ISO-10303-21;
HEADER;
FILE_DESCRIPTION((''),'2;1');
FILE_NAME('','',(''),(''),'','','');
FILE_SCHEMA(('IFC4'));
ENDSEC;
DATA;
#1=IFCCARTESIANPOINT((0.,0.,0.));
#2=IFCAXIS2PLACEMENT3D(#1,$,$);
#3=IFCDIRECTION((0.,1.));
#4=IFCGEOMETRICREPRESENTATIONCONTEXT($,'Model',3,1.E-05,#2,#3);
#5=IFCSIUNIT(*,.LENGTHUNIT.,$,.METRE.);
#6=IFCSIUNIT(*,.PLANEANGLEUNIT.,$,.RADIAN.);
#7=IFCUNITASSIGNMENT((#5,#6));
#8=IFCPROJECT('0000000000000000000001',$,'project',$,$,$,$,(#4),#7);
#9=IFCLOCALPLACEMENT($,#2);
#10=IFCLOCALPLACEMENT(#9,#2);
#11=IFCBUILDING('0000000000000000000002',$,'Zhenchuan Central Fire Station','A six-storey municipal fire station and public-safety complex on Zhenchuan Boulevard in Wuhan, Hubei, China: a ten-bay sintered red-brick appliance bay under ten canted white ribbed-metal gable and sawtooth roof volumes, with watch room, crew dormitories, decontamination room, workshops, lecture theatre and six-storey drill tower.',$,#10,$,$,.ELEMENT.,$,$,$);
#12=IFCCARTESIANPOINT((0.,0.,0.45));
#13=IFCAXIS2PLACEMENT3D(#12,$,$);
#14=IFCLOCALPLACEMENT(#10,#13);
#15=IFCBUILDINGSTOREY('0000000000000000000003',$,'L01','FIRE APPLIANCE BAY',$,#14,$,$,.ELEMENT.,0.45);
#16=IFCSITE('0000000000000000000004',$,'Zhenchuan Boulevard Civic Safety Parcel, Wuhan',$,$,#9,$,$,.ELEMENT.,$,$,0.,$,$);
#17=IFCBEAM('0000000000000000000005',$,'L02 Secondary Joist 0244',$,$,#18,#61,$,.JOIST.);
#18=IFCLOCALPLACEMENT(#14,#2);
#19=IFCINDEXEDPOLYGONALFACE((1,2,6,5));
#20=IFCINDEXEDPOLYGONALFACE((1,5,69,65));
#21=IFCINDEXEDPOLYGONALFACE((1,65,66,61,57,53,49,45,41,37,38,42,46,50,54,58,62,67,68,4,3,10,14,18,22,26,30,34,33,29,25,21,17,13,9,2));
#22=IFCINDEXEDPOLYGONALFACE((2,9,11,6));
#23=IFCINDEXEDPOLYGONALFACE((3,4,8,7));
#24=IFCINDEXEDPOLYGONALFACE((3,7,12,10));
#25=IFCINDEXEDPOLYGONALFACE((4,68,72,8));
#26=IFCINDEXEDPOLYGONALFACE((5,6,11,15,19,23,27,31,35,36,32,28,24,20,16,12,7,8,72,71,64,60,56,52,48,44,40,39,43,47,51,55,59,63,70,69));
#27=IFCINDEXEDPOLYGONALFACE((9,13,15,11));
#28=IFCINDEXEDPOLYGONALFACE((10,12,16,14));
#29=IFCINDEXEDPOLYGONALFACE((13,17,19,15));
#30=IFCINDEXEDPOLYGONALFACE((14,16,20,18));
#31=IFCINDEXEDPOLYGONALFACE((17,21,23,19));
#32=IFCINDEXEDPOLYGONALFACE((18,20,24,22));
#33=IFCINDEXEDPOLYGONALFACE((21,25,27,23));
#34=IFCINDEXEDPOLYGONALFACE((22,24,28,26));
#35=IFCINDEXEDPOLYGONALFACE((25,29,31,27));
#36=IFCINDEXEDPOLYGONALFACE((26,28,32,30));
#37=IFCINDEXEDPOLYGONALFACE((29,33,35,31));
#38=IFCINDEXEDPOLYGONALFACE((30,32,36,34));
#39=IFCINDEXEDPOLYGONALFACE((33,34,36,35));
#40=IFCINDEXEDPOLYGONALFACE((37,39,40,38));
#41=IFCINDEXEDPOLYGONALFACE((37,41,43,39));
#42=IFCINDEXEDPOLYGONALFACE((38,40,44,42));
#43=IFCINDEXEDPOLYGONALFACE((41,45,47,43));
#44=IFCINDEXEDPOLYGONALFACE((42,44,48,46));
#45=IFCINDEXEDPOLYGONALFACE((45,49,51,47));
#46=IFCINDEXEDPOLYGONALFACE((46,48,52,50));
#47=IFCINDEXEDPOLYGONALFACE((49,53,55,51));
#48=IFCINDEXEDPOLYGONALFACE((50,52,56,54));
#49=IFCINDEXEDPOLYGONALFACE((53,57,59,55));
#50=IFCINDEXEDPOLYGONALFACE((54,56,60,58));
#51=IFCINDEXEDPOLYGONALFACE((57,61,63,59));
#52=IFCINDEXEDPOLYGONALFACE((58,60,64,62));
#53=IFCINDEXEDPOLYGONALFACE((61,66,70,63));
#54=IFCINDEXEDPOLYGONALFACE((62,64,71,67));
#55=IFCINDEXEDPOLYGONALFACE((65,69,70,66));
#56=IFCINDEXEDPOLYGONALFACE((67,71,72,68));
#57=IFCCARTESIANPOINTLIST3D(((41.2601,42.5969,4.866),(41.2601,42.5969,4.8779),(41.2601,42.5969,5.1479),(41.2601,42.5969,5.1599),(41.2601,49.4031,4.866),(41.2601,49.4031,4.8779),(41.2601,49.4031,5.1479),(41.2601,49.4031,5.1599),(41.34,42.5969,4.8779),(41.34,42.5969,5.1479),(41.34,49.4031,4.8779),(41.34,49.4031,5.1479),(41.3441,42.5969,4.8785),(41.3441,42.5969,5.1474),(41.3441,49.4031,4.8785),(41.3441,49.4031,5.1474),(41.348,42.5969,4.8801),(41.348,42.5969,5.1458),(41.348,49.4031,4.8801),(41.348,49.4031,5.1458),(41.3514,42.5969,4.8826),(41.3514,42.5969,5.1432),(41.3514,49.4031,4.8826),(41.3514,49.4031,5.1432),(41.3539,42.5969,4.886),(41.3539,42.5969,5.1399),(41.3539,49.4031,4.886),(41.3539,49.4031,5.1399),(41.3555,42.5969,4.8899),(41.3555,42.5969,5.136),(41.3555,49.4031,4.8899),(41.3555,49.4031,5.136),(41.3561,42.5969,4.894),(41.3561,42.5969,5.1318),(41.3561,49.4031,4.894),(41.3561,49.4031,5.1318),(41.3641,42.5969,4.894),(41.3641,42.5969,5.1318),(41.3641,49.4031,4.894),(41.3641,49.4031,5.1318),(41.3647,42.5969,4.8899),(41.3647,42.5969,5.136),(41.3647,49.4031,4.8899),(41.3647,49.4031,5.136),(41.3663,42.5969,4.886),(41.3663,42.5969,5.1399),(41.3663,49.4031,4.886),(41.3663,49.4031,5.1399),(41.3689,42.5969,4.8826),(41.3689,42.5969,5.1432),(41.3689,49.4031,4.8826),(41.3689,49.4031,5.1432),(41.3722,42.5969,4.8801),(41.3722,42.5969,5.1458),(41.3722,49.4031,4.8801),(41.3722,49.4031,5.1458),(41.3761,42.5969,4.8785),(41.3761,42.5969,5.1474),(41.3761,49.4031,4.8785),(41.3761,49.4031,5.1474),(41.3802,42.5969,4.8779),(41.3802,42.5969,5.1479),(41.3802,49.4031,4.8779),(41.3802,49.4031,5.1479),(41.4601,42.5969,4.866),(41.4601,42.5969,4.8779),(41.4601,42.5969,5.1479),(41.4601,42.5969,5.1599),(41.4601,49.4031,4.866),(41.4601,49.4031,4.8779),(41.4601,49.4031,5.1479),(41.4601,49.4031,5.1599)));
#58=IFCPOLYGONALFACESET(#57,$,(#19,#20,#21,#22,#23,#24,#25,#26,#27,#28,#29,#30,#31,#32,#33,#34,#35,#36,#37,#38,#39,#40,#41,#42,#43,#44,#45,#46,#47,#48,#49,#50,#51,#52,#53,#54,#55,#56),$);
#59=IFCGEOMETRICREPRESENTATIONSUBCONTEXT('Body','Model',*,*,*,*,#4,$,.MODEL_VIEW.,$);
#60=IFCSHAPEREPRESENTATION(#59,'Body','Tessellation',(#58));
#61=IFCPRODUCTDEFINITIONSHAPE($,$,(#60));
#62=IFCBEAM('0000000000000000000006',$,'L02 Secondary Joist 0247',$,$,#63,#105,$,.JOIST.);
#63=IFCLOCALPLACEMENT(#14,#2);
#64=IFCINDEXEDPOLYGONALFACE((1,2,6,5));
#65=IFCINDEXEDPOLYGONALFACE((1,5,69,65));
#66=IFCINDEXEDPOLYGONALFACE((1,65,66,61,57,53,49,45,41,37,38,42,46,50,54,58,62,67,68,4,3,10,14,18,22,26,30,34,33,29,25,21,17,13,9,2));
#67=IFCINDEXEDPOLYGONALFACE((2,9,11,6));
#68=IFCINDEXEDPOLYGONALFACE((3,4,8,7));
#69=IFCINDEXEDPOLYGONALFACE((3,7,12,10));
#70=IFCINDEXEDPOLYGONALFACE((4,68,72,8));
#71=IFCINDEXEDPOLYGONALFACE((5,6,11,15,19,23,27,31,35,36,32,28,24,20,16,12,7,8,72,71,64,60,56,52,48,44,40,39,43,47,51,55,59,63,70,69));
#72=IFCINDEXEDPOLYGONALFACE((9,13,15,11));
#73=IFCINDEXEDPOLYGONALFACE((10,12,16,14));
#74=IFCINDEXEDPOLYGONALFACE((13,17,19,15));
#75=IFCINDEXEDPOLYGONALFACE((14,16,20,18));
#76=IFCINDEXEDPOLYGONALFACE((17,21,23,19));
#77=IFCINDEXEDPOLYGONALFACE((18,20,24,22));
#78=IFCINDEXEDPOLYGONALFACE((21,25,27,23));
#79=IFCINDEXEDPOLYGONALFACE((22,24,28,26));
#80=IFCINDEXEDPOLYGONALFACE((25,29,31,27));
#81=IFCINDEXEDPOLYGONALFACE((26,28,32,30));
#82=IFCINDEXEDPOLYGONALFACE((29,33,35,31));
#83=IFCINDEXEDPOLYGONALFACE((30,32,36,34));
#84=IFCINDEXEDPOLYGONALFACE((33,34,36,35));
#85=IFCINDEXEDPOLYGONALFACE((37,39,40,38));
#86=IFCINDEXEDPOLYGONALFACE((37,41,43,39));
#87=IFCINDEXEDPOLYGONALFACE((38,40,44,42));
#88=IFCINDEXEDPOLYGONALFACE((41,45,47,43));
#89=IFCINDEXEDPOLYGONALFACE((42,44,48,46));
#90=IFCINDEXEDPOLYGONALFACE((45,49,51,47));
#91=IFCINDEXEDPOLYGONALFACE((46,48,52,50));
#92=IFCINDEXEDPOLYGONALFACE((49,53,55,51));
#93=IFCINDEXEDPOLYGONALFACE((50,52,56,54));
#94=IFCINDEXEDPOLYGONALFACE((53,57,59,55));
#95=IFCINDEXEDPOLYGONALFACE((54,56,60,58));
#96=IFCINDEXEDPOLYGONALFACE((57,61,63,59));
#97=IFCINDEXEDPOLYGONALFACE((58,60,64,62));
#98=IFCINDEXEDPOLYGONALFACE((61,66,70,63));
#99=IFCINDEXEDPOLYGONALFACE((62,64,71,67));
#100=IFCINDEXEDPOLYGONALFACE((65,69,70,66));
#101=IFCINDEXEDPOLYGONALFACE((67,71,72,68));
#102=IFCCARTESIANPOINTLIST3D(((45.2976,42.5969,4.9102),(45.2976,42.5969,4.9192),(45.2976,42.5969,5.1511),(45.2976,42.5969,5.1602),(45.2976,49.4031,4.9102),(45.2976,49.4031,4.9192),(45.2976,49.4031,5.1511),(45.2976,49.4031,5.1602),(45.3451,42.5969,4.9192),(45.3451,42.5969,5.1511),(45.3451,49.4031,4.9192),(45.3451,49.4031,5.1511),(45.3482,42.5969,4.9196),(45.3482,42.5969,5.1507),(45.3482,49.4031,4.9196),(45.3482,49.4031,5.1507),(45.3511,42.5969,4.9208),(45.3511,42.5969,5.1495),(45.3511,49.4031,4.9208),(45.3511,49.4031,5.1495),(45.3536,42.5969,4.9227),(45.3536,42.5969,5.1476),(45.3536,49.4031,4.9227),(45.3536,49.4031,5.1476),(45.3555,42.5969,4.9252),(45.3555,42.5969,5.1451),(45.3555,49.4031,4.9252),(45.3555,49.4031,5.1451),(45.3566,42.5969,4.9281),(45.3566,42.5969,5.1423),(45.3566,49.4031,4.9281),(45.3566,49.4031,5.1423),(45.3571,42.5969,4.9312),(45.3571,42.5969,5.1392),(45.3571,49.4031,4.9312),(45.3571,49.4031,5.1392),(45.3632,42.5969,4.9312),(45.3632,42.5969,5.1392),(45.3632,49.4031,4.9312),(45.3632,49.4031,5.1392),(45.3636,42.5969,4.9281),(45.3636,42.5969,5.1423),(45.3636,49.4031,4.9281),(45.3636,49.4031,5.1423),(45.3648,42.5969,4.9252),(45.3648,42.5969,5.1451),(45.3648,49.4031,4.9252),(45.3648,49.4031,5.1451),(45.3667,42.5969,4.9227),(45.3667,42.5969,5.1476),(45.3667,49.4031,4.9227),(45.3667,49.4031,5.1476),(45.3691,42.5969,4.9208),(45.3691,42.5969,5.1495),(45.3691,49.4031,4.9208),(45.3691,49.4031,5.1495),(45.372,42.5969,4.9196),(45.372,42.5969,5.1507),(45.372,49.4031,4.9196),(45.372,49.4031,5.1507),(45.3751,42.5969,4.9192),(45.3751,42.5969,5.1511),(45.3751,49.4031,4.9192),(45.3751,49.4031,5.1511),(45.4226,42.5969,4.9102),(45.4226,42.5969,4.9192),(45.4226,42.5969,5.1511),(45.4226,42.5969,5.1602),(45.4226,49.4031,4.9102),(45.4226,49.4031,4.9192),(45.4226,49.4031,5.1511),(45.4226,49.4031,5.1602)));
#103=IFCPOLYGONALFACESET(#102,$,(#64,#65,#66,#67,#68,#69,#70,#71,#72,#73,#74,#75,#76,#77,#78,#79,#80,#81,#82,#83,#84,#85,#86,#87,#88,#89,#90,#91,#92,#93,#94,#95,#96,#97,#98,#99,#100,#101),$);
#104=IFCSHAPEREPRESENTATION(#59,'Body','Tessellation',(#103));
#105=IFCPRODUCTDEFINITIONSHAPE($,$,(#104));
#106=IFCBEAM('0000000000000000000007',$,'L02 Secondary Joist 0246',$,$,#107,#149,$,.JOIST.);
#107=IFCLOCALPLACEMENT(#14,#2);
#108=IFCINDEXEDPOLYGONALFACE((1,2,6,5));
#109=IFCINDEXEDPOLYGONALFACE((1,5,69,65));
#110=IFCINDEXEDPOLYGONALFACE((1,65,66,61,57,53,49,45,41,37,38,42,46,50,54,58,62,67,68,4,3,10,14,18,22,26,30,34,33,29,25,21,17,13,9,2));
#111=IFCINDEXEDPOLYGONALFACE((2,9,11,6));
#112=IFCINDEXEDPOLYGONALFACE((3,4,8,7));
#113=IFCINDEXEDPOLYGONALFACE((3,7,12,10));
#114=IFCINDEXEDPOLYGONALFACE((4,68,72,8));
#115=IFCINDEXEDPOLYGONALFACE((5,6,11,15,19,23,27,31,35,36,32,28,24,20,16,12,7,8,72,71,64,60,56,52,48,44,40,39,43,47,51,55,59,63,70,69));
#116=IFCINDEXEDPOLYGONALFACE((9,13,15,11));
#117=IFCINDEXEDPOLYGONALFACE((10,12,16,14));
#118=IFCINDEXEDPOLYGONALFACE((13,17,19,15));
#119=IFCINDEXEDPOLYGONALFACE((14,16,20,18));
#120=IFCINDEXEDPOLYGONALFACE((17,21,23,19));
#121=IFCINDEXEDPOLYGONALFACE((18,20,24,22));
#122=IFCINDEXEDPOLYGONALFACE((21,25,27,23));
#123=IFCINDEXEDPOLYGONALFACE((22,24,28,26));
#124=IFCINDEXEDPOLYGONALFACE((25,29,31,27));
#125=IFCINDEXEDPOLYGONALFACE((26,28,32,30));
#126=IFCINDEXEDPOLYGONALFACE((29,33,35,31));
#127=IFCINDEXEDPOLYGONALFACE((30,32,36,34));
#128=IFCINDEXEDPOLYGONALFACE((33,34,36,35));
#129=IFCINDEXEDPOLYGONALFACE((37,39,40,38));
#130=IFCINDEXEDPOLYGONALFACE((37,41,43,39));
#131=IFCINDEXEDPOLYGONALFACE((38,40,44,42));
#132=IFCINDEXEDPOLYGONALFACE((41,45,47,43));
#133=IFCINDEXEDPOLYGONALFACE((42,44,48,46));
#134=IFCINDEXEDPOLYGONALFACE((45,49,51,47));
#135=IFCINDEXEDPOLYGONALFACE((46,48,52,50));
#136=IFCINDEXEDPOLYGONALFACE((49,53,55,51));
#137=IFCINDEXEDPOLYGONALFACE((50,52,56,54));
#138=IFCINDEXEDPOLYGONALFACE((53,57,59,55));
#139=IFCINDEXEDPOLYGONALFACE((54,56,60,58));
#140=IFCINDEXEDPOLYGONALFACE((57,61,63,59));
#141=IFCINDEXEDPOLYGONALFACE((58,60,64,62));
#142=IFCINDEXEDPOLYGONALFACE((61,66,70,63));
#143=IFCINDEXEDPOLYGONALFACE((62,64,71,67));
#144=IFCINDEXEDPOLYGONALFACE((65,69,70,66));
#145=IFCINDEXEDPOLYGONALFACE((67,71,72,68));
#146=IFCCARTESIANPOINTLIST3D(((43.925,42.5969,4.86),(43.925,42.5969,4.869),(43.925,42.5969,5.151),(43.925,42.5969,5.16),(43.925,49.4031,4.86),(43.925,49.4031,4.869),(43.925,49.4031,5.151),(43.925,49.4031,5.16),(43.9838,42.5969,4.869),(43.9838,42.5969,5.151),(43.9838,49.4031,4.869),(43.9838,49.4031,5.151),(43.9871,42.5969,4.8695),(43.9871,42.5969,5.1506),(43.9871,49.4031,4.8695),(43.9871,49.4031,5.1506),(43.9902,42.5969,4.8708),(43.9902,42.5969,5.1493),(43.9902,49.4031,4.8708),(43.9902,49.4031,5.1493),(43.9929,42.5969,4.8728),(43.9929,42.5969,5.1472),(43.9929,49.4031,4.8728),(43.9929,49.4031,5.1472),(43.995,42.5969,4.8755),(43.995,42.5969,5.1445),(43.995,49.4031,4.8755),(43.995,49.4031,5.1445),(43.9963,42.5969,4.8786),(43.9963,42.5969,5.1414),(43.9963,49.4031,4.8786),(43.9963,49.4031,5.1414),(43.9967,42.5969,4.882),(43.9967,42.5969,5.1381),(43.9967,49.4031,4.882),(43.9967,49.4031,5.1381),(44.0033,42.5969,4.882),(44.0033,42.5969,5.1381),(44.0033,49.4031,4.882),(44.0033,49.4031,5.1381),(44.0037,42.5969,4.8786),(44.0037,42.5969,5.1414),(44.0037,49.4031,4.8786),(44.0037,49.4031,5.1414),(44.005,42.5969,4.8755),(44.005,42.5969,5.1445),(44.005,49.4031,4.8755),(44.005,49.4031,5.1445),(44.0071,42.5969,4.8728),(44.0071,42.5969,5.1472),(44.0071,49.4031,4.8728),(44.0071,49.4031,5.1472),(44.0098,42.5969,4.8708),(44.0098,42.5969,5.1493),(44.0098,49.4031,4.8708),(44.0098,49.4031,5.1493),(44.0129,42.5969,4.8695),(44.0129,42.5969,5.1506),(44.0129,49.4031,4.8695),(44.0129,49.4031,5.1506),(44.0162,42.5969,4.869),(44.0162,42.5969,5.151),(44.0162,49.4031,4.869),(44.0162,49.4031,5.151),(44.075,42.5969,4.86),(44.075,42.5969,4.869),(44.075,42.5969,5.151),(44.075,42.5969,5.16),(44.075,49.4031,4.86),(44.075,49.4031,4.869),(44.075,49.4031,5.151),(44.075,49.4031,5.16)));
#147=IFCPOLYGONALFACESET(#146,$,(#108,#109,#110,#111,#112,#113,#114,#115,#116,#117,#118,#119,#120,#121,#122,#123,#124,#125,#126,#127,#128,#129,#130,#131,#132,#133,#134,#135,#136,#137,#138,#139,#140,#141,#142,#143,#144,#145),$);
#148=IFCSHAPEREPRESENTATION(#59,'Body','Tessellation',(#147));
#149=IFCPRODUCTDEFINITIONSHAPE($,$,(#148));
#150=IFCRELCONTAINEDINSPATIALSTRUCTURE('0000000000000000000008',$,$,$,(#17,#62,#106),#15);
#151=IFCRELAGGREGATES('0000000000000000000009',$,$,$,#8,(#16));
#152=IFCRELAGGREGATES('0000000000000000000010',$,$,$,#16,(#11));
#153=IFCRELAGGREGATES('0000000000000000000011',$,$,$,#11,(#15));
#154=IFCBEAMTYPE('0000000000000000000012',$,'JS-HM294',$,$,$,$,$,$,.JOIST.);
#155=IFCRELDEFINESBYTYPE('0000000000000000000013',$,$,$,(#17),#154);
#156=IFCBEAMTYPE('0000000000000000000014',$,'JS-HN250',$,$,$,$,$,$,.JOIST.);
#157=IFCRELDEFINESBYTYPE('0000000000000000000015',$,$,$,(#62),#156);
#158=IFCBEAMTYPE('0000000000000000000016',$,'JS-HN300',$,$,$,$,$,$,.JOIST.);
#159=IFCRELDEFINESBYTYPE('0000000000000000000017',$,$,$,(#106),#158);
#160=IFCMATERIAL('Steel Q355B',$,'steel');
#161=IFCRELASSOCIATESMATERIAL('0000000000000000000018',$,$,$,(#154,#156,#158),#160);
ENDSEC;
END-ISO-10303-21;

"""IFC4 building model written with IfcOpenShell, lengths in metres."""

from ifc_helpers import new_model, si_unit, direction, frame, origin, origin_2d, place, context, subcontext, project, spatial, i_section, extrude, material, material_profile, profile_set, type_object, element, save


model = new_model("IFC4")

# Units and contexts
model_context = context("Model", 3, precision=1e-05, world=origin(), true_north=direction((0.0, 1.0)))
body_context = subcontext(model_context, "Body", "Model", "MODEL_VIEW")
ifc_project = project(units=[si_unit("LENGTHUNIT", "METRE"), si_unit("PLANEANGLEUNIT", "RADIAN")], contexts=[model_context])

# Site, building, storey
site_placement = place(None, origin())
site = spatial("IfcSite", under=ifc_project, at=site_placement, Name="Zhenchuan Boulevard Civic Safety Parcel, Wuhan", CompositionType="ELEMENT", RefElevation=0.0)
building_placement = place(site_placement, origin())
building = spatial("IfcBuilding", under=site, at=building_placement, Name="Zhenchuan Central Fire Station", Description="A six-storey municipal fire station and public-safety complex on Zhenchuan Boulevard in Wuhan, Hubei, China: a ten-bay sintered red-brick appliance bay under ten canted white ribbed-metal gable and sawtooth roof volumes, with watch room, crew dormitories, decontamination room, workshops, lecture theatre and six-storey drill tower.", CompositionType="ELEMENT")
storey_placement = place(building_placement, frame((0.0, 0.0, 0.45)))
storey = spatial("IfcBuildingStorey", under=building, at=storey_placement, Name="L01", Description="FIRE APPLIANCE BAY", CompositionType="ELEMENT", Elevation=0.45)

# Shared definitions
ifc_material_1 = material(Name="Steel Q355B", Category="steel")

# Beams
ifc_material_profile_1 = material_profile(ifc_material_1, i_section(OverallWidth=0.2, OverallDepth=0.2939, WebThickness=0.0081, FlangeThickness=0.012, FilletRadius=0.0161, at=origin_2d()), Name="HM 294x200")
ifc_profile_set_1 = profile_set([ifc_material_profile_1], Name="Steel Q355B")
beam_type_1 = type_object("IfcBeamType", Name="JS-HM294", PredefinedType="JOIST", material=ifc_profile_set_1)
beam_1_placement = place(storey_placement, frame((41.3601, 42.5969, 5.0129), z_axis=(0.0, 1.0, 0.0), x_axis=(-1.0, 0.0, 0.0)))
element("IfcBeam", 1, at=beam_1_placement, inside=storey, type_object=beam_type_1, Name="L02 Secondary Joist 0244", PredefinedType="JOIST", context=body_context, shape_type="SweptSolid", body=[
    extrude(i_section(OverallWidth=0.2, OverallDepth=0.2939, WebThickness=0.0081, FlangeThickness=0.012, FilletRadius=0.0161, at=origin_2d()), origin(), (0.0, 0.0, 1.0), 6.8062),
])
ifc_material_profile_2 = material_profile(ifc_material_1, i_section(OverallWidth=0.125, OverallDepth=0.25, WebThickness=0.0061, FlangeThickness=0.009, FilletRadius=0.012, at=origin_2d()), Name="HN 250x125")
ifc_profile_set_2 = profile_set([ifc_material_profile_2], Name="Steel Q355B")
beam_type_2 = type_object("IfcBeamType", Name="JS-HN250", PredefinedType="JOIST", material=ifc_profile_set_2)
beam_2_placement = place(storey_placement, frame((45.3601, 42.5969, 5.0352), z_axis=(0.0, 1.0, 0.0), x_axis=(-1.0, 0.0, 0.0)))
element("IfcBeam", 2, at=beam_2_placement, inside=storey, type_object=beam_type_2, Name="L02 Secondary Joist 0247", PredefinedType="JOIST", context=body_context, shape_type="SweptSolid", body=[
    extrude(i_section(OverallWidth=0.125, OverallDepth=0.25, WebThickness=0.0061, FlangeThickness=0.009, FilletRadius=0.012, at=origin_2d()), origin(), (0.0, 0.0, 1.0), 6.8062),
])
ifc_material_profile_3 = material_profile(ifc_material_1, i_section(OverallWidth=0.1499, OverallDepth=0.3, WebThickness=0.0066, FlangeThickness=0.009, FilletRadius=0.0129, at=origin_2d()), Name="HN 300x150")
ifc_profile_set_3 = profile_set([ifc_material_profile_3], Name="Steel Q355B")
beam_type_3 = type_object("IfcBeamType", Name="JS-HN300", PredefinedType="JOIST", material=ifc_profile_set_3)
beam_3_placement = place(storey_placement, frame((44.0, 42.5969, 5.01), z_axis=(0.0, 1.0, 0.0), x_axis=(-1.0, 0.0, 0.0)))
element("IfcBeam", 3, at=beam_3_placement, inside=storey, type_object=beam_type_3, Name="L02 Secondary Joist 0246", PredefinedType="JOIST", context=body_context, shape_type="SweptSolid", body=[
    extrude(i_section(OverallWidth=0.1499, OverallDepth=0.3, WebThickness=0.0066, FlangeThickness=0.009, FilletRadius=0.0129, at=origin_2d()), origin(), (0.0, 0.0, 1.0), 6.8062),
])

save(model, "model.ifc")
